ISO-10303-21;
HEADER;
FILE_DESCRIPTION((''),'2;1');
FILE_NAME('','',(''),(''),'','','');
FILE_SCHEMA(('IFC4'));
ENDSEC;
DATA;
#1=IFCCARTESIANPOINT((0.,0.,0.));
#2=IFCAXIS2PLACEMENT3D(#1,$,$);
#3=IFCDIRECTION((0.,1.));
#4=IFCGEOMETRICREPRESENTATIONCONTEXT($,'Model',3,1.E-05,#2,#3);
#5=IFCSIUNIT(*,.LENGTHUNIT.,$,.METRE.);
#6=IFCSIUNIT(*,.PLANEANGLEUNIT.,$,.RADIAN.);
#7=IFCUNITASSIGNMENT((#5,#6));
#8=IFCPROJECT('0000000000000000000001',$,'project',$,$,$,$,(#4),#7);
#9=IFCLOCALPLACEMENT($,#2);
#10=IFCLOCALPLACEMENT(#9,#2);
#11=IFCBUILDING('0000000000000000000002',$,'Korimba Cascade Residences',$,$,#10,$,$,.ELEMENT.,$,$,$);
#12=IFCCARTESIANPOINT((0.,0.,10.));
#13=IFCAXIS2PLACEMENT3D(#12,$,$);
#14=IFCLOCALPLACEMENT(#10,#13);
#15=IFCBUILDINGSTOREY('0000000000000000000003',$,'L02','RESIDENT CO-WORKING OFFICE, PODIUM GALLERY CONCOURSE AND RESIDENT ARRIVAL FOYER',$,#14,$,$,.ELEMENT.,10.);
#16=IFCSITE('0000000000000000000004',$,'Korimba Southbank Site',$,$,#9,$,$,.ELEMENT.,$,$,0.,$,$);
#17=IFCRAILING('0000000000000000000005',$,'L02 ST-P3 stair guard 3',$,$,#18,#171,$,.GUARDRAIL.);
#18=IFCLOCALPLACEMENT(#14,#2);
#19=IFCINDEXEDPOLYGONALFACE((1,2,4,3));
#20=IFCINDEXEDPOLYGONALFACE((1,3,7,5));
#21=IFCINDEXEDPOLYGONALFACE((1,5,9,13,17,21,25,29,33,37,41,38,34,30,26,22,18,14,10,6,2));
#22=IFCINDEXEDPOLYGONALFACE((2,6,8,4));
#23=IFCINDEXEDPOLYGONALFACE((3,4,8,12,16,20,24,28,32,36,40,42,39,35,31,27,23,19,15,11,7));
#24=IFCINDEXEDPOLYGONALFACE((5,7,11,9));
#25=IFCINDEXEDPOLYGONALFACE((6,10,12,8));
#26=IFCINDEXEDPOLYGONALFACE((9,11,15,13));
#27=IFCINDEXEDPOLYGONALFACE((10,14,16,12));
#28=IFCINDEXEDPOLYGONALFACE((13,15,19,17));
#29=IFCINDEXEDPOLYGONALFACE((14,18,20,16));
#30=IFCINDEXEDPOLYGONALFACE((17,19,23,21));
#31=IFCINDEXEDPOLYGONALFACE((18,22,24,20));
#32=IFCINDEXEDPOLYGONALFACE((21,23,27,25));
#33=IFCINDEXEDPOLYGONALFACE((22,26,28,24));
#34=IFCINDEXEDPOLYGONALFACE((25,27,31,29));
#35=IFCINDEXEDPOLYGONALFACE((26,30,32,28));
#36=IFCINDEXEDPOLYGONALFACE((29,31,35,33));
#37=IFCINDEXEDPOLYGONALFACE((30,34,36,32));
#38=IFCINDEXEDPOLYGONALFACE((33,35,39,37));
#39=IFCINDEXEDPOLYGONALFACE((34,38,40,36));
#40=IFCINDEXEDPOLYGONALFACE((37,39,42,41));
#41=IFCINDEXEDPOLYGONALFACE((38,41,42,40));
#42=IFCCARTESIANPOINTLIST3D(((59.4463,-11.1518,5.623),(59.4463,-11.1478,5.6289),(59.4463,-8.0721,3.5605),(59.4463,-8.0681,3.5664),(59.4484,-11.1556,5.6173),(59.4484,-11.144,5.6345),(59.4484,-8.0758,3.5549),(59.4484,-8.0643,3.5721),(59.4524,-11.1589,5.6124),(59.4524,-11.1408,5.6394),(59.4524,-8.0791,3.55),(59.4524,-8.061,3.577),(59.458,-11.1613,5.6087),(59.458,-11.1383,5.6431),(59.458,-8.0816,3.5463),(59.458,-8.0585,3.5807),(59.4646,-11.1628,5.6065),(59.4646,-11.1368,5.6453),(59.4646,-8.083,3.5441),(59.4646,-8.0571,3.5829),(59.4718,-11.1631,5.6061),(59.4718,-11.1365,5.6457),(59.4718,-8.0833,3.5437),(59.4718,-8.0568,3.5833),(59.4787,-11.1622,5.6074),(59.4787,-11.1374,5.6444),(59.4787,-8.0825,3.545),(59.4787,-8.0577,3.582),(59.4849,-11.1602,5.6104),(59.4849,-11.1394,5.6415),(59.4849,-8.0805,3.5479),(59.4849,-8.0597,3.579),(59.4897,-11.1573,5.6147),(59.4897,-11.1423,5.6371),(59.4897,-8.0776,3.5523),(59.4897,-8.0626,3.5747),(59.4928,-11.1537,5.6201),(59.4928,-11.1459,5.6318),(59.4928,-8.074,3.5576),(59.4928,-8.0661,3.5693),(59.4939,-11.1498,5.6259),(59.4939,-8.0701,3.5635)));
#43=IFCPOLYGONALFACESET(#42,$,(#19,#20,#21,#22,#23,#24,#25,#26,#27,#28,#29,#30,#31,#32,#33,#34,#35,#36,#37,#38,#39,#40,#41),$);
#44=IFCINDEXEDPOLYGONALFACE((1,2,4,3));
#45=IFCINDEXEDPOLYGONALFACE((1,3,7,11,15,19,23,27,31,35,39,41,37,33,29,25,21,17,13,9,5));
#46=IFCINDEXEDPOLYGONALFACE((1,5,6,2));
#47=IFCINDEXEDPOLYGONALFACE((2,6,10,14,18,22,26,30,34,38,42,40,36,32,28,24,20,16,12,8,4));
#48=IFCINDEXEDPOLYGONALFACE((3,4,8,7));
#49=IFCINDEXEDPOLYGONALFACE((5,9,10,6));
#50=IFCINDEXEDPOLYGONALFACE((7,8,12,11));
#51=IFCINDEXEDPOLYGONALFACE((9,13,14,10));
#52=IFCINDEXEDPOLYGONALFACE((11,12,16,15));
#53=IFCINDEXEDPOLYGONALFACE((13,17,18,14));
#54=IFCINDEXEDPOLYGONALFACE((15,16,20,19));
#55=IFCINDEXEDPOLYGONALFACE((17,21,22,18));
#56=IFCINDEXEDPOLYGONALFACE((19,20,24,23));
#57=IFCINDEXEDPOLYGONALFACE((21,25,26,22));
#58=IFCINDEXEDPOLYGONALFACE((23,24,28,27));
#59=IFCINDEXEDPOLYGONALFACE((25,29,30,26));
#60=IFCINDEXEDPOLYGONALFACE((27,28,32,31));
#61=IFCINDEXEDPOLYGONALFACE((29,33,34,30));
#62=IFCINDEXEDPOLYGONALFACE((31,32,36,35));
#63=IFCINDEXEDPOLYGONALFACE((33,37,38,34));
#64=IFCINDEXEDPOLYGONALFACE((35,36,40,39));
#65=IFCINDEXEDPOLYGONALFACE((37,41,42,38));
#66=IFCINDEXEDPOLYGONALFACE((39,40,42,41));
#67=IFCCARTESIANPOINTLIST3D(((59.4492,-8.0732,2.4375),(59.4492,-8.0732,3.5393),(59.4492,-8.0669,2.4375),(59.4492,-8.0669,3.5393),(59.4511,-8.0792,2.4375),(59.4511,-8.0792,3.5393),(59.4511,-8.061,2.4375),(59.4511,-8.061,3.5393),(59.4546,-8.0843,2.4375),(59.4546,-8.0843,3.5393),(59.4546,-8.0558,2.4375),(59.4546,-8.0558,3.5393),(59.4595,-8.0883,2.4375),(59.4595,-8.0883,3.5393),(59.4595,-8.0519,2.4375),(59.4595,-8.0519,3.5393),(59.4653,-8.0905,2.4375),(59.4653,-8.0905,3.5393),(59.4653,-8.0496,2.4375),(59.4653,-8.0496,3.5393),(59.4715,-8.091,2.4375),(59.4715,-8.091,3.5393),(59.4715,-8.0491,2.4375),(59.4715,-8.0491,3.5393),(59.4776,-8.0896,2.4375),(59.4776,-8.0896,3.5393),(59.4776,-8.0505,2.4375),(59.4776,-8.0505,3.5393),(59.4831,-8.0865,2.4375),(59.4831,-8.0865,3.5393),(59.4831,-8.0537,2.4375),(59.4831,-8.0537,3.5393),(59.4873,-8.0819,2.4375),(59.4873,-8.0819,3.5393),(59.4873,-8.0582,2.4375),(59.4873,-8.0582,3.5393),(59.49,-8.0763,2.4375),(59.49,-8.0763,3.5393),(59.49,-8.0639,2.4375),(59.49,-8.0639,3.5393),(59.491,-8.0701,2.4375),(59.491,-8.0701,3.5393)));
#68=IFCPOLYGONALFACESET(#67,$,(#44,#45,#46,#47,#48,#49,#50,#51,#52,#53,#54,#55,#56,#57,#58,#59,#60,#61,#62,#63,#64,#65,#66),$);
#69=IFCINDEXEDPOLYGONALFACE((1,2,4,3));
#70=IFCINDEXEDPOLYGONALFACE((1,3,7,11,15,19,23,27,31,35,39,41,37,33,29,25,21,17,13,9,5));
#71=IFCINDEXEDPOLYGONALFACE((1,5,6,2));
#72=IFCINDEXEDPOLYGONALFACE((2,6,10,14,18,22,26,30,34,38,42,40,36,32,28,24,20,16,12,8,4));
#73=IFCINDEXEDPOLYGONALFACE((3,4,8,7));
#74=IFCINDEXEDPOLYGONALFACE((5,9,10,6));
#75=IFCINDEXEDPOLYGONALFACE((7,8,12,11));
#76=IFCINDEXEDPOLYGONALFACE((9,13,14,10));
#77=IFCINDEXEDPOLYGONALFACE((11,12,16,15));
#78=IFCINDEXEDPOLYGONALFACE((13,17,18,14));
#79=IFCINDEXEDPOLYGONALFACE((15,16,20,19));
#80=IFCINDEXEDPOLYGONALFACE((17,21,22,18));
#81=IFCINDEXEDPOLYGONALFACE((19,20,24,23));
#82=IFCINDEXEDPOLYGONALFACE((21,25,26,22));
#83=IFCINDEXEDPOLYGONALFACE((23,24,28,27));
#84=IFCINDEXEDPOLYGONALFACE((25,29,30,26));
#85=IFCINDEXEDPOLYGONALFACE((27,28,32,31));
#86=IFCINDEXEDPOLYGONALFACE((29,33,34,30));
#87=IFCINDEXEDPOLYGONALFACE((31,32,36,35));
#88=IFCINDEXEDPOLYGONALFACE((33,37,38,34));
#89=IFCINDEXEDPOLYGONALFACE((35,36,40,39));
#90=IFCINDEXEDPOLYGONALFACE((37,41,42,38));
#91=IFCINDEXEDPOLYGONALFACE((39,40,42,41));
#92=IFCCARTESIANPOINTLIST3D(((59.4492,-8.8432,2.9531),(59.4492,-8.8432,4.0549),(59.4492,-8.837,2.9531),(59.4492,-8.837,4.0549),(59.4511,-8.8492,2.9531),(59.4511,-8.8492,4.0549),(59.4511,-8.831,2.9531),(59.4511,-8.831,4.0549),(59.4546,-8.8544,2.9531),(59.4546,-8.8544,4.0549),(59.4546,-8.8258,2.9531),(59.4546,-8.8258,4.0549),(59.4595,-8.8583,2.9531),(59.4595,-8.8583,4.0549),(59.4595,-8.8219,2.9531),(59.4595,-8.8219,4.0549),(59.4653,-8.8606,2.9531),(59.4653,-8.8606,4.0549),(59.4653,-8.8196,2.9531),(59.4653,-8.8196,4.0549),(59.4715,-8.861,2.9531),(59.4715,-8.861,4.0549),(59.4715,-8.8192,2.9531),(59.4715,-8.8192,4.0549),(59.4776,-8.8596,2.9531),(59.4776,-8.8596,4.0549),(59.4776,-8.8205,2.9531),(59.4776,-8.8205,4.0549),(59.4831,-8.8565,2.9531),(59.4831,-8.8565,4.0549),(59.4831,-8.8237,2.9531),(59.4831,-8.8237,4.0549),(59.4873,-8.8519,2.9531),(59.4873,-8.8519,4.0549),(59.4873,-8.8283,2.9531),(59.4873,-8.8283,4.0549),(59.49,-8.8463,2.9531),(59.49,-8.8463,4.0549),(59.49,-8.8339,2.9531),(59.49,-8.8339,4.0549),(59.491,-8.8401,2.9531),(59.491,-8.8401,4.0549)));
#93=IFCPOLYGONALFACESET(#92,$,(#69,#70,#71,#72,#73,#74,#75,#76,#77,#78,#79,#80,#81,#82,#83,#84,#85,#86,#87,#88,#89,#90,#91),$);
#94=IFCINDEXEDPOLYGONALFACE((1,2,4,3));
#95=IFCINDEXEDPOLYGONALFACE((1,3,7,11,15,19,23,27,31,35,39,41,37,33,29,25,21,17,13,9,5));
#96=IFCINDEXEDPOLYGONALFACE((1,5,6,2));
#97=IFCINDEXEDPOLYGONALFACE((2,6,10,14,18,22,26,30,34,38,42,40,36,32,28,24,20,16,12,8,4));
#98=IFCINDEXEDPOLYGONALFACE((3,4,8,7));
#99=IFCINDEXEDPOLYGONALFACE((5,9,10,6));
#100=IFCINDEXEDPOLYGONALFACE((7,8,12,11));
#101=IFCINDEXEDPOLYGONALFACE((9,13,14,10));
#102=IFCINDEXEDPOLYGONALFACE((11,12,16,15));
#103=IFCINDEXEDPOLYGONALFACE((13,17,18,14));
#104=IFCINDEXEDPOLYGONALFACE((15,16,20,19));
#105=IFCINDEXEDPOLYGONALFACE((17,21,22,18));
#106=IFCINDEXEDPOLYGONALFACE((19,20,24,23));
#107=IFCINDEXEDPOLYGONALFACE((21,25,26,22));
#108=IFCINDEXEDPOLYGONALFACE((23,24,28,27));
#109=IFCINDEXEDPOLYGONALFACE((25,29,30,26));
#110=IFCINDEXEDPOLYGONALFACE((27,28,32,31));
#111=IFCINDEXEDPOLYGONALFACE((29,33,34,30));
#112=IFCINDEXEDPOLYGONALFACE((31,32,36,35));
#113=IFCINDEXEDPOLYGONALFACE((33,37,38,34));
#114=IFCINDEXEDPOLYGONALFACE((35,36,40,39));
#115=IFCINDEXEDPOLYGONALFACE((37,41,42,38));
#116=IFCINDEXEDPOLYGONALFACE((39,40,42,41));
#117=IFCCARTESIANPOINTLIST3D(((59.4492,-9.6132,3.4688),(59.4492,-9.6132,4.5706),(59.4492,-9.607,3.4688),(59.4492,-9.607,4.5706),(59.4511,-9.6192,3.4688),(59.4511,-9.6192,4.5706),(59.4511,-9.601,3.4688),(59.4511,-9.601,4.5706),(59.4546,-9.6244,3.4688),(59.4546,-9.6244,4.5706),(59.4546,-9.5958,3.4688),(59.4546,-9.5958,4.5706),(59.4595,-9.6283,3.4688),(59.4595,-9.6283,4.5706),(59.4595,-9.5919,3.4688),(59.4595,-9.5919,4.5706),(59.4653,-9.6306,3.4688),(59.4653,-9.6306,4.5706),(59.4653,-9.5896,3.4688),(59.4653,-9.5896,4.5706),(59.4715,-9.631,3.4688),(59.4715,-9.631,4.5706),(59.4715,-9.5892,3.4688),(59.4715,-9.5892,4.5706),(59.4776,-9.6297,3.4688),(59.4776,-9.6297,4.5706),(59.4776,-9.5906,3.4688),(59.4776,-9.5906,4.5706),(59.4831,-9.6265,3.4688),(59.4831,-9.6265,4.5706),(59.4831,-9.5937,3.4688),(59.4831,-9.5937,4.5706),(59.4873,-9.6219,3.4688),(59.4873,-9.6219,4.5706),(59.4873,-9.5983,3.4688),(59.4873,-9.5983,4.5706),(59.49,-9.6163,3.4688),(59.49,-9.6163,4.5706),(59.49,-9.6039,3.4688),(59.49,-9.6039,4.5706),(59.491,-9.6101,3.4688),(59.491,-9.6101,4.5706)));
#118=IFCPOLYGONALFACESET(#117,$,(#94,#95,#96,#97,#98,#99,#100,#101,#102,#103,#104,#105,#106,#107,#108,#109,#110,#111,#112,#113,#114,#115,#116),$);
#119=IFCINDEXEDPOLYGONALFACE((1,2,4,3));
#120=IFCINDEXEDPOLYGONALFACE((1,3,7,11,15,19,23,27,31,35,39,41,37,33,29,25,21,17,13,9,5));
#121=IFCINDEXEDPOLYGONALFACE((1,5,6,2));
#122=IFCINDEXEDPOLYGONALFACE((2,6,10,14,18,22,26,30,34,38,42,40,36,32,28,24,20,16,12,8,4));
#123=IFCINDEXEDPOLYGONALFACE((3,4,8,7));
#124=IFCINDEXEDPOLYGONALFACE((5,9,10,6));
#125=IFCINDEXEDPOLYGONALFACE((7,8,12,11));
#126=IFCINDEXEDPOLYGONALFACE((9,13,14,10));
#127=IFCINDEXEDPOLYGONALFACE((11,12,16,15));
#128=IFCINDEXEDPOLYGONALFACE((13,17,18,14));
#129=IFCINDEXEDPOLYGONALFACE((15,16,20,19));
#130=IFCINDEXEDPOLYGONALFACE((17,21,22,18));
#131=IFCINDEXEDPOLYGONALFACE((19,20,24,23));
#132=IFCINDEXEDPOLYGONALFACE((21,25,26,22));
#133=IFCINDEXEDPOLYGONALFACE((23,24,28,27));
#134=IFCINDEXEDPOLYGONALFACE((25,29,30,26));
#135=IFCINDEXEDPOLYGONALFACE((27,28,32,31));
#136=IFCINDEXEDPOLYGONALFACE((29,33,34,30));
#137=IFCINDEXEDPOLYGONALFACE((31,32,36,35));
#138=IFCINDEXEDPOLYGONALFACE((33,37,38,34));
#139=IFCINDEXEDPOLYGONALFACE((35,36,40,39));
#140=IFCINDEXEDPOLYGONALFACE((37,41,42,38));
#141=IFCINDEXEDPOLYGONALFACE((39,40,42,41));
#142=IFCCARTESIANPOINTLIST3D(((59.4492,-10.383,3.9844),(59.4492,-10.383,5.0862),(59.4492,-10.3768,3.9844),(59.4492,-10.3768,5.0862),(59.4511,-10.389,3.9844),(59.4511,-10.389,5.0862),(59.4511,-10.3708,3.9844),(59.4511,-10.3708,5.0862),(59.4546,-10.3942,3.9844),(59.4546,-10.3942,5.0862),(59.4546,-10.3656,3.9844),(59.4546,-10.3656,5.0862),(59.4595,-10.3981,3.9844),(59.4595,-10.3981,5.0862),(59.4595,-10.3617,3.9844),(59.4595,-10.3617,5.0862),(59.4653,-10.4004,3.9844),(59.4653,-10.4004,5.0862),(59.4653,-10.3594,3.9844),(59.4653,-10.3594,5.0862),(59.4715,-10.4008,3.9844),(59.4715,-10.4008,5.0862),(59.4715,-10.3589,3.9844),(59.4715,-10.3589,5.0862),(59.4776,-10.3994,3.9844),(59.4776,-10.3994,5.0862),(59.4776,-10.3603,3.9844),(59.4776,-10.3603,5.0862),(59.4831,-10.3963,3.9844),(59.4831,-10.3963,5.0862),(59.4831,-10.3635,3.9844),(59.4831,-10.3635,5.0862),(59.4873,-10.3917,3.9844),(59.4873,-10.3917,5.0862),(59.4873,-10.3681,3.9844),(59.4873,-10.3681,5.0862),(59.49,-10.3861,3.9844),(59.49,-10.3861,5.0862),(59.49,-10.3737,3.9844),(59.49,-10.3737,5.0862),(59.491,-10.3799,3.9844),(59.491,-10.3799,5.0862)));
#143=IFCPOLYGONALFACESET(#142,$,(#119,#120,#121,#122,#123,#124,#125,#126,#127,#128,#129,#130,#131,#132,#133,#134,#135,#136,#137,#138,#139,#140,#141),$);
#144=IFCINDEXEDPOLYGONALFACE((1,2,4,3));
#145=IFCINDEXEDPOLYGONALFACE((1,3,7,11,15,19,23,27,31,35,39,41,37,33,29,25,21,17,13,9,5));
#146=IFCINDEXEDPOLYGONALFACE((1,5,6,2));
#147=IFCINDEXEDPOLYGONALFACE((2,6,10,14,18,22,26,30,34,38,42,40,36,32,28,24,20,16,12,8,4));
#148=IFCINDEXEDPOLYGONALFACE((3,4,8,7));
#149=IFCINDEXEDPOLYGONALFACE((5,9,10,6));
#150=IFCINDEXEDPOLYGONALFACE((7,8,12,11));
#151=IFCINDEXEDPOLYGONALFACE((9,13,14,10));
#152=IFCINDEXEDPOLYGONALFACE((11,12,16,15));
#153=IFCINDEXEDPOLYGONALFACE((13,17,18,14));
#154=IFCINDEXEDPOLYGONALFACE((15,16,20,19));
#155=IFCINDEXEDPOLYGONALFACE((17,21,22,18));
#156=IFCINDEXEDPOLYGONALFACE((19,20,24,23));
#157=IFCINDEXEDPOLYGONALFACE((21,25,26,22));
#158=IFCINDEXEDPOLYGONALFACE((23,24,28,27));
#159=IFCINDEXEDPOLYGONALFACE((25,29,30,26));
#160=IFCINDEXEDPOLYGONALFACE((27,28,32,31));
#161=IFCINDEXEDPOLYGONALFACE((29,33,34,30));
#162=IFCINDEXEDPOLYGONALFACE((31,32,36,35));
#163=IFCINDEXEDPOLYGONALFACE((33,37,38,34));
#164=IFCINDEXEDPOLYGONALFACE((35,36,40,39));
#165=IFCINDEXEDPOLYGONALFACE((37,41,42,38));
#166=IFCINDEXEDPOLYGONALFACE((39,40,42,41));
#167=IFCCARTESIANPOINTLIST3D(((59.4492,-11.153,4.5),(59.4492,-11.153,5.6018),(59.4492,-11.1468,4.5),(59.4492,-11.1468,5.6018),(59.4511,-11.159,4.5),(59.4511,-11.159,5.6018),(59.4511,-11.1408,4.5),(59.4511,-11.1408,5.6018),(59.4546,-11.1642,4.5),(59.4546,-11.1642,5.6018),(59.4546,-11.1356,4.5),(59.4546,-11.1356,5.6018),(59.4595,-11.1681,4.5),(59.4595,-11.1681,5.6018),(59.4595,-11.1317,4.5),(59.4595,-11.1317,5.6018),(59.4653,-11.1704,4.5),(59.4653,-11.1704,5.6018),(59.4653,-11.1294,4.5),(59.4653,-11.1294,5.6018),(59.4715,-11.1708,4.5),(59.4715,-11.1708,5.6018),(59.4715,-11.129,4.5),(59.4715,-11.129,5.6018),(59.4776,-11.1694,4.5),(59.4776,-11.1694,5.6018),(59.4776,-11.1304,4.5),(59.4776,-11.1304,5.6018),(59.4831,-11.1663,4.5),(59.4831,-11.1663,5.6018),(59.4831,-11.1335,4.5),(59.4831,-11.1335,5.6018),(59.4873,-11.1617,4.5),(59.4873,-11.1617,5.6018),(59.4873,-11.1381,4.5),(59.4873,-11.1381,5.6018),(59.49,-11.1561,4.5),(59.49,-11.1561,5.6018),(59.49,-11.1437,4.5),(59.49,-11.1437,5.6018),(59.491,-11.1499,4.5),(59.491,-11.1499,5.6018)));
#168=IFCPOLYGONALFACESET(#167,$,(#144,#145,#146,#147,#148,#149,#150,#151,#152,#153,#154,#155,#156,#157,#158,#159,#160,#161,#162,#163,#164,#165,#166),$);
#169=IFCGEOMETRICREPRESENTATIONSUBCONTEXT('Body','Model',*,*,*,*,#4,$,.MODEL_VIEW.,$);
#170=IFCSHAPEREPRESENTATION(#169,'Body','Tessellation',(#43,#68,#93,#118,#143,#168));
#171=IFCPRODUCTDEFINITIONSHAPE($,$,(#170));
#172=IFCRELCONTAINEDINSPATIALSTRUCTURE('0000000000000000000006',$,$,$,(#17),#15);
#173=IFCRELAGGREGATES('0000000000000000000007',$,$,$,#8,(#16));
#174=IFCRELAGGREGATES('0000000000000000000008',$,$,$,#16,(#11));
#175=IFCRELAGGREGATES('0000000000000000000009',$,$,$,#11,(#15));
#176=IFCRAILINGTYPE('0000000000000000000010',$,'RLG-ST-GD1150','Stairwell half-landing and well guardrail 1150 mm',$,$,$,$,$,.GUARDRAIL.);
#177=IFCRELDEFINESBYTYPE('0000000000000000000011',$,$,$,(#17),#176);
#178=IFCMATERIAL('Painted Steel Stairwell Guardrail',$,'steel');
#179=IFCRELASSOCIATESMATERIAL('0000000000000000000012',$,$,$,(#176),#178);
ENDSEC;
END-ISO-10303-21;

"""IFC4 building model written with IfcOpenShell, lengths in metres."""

from ifc_helpers import new_model, si_unit, direction, frame, origin, origin_2d, place, context, subcontext, project, spatial, circle, extrude, material, type_object, element, save


model = new_model("IFC4")

# Units and contexts
model_context = context("Model", 3, precision=1e-05, world=origin(), true_north=direction((0.0, 1.0)))
body_context = subcontext(model_context, "Body", "Model", "MODEL_VIEW")
ifc_project = project(units=[si_unit("LENGTHUNIT", "METRE"), si_unit("PLANEANGLEUNIT", "RADIAN")], contexts=[model_context])

# Site, building, storey
site_placement = place(None, origin())
site = spatial("IfcSite", under=ifc_project, at=site_placement, Name="Korimba Southbank Site", CompositionType="ELEMENT", RefElevation=0.0)
building_placement = place(site_placement, origin())
building = spatial("IfcBuilding", under=site, at=building_placement, Name="Korimba Cascade Residences", CompositionType="ELEMENT")
storey_placement = place(building_placement, frame((0.0, 0.0, 10.0)))
storey = spatial("IfcBuildingStorey", under=building, at=storey_placement, Name="L02", Description="RESIDENT CO-WORKING OFFICE, PODIUM GALLERY CONCOURSE AND RESIDENT ARRIVAL FOYER", CompositionType="ELEMENT", Elevation=10.0)

# Railing
ifc_material_1 = material(Name="Painted Steel Stairwell Guardrail", Category="steel")
railing_type_1 = type_object("IfcRailingType", Name="RLG-ST-GD1150", Description="Stairwell half-landing and well guardrail 1150 mm", PredefinedType="GUARDRAIL", material=ifc_material_1)
railing_1_placement = place(storey_placement, frame((59.47, -8.0701, 2.4375)))
element("IfcRailing", 1, at=railing_1_placement, inside=storey, type_object=railing_type_1, Name="L02 ST-P3 stair guard 3", PredefinedType="GUARDRAIL", context=body_context, shape_type="SweptSolid", body=[
    extrude(circle(Radius=0.0239, at=origin_2d()), frame((0.0, 0.0, 1.126), z_axis=(0.0, -0.830893, 0.556432), x_axis=(1.0, 0.0, 0.0)), (0.0, 0.0, 1.0), 3.7065),
    extrude(circle(Radius=0.021, at=origin_2d()), origin(), (0.0, 0.0, 1.0), 1.1018),
    extrude(circle(Radius=0.021, at=origin_2d()), frame((0.0, -0.77, 0.5156)), (0.0, 0.0, 1.0), 1.1018),
    extrude(circle(Radius=0.021, at=origin_2d()), frame((0.0, -1.54, 1.0312)), (0.0, 0.0, 1.0), 1.1018),
    extrude(circle(Radius=0.021, at=origin_2d()), frame((0.0, -2.3098, 1.5469)), (0.0, 0.0, 1.0), 1.1018),
    extrude(circle(Radius=0.021, at=origin_2d()), frame((0.0, -3.0798, 2.0625)), (0.0, 0.0, 1.0), 1.1018),
])

save(model, "model.ifc")
